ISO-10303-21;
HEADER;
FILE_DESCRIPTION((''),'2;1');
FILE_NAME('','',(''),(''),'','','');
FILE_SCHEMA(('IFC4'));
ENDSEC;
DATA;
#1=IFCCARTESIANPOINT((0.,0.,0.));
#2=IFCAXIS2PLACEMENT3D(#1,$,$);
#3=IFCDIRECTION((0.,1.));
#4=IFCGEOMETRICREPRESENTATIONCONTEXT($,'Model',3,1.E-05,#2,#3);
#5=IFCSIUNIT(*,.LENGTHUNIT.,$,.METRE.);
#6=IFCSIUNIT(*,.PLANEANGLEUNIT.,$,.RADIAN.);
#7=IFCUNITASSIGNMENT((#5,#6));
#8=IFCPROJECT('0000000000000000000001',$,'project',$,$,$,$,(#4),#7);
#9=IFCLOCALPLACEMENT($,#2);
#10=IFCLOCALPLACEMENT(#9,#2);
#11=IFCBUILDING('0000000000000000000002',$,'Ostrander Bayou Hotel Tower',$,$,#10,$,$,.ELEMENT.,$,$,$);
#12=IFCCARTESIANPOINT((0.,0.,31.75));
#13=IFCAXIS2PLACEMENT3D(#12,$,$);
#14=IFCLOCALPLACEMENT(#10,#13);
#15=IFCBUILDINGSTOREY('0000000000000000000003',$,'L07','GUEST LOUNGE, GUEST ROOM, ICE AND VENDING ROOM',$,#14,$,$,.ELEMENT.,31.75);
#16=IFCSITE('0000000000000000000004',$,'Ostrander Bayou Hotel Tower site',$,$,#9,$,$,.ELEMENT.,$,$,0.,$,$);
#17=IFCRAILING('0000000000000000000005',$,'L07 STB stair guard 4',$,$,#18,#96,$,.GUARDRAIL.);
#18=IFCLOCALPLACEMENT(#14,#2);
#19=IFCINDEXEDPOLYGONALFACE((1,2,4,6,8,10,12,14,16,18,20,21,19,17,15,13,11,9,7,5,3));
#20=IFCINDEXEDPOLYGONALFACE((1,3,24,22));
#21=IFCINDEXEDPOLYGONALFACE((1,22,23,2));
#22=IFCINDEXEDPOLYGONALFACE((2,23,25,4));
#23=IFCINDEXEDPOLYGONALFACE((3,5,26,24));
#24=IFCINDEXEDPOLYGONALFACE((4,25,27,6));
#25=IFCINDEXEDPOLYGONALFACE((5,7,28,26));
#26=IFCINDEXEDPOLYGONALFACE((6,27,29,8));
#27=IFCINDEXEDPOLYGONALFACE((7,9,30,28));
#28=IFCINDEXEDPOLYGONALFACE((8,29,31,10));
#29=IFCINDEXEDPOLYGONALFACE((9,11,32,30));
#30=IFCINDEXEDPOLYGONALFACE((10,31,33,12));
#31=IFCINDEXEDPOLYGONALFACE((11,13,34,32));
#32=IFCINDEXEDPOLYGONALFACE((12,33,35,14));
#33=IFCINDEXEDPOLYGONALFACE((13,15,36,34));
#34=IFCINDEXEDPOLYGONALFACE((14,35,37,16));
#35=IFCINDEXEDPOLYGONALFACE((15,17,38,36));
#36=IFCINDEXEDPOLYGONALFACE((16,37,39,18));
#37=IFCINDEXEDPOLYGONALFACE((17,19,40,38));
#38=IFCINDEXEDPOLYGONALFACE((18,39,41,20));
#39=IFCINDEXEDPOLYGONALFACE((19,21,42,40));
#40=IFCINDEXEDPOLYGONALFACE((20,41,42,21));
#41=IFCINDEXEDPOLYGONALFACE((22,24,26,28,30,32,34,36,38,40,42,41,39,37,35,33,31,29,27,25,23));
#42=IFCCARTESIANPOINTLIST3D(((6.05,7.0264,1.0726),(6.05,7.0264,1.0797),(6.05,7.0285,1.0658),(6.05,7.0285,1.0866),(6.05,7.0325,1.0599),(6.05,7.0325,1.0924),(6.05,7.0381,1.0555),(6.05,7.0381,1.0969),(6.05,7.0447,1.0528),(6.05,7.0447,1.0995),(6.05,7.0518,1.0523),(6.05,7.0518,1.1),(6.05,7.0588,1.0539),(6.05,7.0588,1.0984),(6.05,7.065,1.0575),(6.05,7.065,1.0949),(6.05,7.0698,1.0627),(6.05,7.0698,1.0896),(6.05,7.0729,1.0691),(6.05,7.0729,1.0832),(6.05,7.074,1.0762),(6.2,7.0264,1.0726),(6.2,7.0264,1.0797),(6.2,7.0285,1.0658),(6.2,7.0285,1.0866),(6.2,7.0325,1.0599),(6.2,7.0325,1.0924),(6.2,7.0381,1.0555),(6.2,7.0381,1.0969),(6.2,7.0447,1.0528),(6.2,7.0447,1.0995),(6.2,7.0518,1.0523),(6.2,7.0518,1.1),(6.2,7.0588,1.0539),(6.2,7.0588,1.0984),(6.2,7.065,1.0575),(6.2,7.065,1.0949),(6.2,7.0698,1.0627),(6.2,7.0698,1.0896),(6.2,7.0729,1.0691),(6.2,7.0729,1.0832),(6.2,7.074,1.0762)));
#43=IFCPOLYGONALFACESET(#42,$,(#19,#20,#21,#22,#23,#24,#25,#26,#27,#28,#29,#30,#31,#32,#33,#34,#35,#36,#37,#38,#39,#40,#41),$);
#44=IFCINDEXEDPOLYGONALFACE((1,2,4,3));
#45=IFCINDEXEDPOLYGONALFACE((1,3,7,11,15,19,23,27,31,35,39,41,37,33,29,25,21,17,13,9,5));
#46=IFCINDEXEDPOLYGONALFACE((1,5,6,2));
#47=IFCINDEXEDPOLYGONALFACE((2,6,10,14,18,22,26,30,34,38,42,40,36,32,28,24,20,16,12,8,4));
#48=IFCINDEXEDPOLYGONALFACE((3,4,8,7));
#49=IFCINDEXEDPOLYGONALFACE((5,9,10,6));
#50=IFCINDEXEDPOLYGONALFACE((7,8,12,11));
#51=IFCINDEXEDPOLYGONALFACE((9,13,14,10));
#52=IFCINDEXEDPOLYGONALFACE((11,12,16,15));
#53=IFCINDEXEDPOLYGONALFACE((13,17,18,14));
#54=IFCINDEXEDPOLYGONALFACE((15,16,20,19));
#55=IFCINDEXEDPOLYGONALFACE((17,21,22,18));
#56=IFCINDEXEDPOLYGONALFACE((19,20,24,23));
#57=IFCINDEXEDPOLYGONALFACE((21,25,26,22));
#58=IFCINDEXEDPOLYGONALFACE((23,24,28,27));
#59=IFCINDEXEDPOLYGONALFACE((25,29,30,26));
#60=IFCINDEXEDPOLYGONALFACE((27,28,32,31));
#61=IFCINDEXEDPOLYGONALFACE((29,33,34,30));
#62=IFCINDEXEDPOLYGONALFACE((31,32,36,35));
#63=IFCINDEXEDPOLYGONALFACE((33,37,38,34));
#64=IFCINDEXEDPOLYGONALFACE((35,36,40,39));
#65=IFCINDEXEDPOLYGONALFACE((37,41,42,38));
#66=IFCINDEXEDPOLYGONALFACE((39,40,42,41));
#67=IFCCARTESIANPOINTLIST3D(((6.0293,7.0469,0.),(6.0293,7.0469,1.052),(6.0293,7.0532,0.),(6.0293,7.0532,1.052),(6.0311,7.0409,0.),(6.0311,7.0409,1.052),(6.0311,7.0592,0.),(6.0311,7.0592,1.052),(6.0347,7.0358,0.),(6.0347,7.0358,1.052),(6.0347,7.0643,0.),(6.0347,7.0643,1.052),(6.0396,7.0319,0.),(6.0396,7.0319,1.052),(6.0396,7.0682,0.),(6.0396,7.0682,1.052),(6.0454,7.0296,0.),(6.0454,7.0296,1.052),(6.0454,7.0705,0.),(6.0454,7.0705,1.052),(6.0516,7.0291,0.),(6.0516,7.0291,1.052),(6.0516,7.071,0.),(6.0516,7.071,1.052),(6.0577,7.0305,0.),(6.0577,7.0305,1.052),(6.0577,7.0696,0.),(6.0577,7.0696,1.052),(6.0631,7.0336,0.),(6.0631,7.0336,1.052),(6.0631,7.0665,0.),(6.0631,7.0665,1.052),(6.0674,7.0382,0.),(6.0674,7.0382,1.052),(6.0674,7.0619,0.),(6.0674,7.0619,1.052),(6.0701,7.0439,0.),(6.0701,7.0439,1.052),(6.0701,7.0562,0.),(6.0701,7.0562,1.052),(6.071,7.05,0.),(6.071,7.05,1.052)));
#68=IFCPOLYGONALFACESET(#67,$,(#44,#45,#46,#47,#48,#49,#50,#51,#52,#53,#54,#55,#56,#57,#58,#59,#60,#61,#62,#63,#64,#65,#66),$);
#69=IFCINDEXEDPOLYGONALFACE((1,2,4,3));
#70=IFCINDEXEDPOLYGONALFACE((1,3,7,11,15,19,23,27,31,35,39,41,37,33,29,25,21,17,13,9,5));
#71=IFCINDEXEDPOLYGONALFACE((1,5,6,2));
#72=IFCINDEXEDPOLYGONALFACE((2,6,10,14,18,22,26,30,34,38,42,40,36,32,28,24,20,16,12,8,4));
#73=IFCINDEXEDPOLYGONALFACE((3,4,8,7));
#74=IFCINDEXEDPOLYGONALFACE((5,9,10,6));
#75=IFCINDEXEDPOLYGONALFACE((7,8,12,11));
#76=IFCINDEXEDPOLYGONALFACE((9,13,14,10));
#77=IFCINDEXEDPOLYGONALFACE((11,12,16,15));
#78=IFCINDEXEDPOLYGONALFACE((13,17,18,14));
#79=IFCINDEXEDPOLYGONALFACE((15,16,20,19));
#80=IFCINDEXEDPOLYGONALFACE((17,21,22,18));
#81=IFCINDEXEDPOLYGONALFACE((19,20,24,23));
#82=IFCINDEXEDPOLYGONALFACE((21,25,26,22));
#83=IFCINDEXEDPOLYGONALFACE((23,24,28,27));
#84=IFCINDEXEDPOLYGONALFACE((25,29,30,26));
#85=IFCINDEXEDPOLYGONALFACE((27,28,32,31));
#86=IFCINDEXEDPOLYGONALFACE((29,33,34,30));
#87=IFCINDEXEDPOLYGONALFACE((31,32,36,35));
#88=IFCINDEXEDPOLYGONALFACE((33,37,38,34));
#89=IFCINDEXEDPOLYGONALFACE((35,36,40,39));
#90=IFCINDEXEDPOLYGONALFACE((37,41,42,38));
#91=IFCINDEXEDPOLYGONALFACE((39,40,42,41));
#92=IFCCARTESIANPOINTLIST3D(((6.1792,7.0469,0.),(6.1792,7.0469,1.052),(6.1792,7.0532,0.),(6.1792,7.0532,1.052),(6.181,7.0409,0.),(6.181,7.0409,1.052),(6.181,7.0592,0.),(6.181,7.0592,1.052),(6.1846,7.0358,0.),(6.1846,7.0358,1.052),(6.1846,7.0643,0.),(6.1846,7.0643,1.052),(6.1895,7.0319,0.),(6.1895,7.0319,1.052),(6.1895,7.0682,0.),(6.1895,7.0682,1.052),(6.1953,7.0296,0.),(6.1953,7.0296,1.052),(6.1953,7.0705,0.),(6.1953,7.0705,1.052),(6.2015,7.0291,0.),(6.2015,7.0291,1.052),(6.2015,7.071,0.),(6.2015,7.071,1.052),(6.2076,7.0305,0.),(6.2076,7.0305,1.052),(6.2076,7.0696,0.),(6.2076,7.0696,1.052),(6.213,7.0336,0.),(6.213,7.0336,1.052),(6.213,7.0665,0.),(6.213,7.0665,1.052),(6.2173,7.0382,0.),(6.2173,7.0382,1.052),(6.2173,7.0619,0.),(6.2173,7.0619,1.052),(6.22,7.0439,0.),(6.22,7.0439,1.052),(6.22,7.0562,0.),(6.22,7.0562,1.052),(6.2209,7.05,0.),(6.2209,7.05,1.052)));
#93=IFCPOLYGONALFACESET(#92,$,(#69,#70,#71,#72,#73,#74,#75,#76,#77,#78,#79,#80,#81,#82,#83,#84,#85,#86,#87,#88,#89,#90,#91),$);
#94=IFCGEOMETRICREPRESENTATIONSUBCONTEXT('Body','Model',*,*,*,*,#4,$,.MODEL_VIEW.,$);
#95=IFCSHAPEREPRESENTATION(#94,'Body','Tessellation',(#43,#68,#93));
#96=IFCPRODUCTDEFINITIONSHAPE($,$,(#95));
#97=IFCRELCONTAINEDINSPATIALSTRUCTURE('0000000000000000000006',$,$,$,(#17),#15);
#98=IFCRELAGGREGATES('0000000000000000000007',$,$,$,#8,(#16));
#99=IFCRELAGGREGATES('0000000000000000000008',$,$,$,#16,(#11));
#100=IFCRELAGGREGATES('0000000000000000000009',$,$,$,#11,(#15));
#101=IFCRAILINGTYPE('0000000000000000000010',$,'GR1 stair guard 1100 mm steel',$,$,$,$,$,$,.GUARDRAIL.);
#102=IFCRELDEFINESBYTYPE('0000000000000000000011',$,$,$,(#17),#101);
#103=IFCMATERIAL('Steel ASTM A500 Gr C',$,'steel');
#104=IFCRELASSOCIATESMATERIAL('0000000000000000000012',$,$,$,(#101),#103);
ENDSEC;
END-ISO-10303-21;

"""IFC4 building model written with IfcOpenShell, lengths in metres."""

from ifc_helpers import new_model, si_unit, direction, frame, origin, origin_2d, place, context, subcontext, project, spatial, circle, extrude, material, type_object, element, save


model = new_model("IFC4")

# Units and contexts
model_context = context("Model", 3, precision=1e-05, world=origin(), true_north=direction((0.0, 1.0)))
body_context = subcontext(model_context, "Body", "Model", "MODEL_VIEW")
ifc_project = project(units=[si_unit("LENGTHUNIT", "METRE"), si_unit("PLANEANGLEUNIT", "RADIAN")], contexts=[model_context])

# Site, building, storey
site_placement = place(None, origin())
site = spatial("IfcSite", under=ifc_project, at=site_placement, Name="Ostrander Bayou Hotel Tower site", CompositionType="ELEMENT", RefElevation=0.0)
building_placement = place(site_placement, origin())
building = spatial("IfcBuilding", under=site, at=building_placement, Name="Ostrander Bayou Hotel Tower", CompositionType="ELEMENT")
storey_placement = place(building_placement, frame((0.0, 0.0, 31.75)))
storey = spatial("IfcBuildingStorey", under=building, at=storey_placement, Name="L07", Description="GUEST LOUNGE, GUEST ROOM, ICE AND VENDING ROOM", CompositionType="ELEMENT", Elevation=31.75)

# Railing
ifc_material_1 = material(Name="Steel ASTM A500 Gr C", Category="steel")
railing_type_1 = type_object("IfcRailingType", Name="GR1 stair guard 1100 mm steel", PredefinedType="GUARDRAIL", material=ifc_material_1)
railing_1_placement = place(storey_placement, frame((6.05, 7.05, 0.0)))
element("IfcRailing", 1, at=railing_1_placement, inside=storey, type_object=railing_type_1, Name="L07 STB stair guard 4", PredefinedType="GUARDRAIL", context=body_context, shape_type="SweptSolid", body=[
    extrude(circle(Radius=0.0239, at=origin_2d()), frame((0.0, 0.0, 1.0762), z_axis=(1.0, 0.0, 0.0), x_axis=(0.0, 1.0, 0.0)), (0.0, 0.0, 1.0), 0.1499),
    extrude(circle(Radius=0.021, at=origin_2d()), origin(), (0.0, 0.0, 1.0), 1.052),
    extrude(circle(Radius=0.021, at=origin_2d()), frame((0.1499, 0.0, 0.0)), (0.0, 0.0, 1.0), 1.052),
])

save(model, "model.ifc")
